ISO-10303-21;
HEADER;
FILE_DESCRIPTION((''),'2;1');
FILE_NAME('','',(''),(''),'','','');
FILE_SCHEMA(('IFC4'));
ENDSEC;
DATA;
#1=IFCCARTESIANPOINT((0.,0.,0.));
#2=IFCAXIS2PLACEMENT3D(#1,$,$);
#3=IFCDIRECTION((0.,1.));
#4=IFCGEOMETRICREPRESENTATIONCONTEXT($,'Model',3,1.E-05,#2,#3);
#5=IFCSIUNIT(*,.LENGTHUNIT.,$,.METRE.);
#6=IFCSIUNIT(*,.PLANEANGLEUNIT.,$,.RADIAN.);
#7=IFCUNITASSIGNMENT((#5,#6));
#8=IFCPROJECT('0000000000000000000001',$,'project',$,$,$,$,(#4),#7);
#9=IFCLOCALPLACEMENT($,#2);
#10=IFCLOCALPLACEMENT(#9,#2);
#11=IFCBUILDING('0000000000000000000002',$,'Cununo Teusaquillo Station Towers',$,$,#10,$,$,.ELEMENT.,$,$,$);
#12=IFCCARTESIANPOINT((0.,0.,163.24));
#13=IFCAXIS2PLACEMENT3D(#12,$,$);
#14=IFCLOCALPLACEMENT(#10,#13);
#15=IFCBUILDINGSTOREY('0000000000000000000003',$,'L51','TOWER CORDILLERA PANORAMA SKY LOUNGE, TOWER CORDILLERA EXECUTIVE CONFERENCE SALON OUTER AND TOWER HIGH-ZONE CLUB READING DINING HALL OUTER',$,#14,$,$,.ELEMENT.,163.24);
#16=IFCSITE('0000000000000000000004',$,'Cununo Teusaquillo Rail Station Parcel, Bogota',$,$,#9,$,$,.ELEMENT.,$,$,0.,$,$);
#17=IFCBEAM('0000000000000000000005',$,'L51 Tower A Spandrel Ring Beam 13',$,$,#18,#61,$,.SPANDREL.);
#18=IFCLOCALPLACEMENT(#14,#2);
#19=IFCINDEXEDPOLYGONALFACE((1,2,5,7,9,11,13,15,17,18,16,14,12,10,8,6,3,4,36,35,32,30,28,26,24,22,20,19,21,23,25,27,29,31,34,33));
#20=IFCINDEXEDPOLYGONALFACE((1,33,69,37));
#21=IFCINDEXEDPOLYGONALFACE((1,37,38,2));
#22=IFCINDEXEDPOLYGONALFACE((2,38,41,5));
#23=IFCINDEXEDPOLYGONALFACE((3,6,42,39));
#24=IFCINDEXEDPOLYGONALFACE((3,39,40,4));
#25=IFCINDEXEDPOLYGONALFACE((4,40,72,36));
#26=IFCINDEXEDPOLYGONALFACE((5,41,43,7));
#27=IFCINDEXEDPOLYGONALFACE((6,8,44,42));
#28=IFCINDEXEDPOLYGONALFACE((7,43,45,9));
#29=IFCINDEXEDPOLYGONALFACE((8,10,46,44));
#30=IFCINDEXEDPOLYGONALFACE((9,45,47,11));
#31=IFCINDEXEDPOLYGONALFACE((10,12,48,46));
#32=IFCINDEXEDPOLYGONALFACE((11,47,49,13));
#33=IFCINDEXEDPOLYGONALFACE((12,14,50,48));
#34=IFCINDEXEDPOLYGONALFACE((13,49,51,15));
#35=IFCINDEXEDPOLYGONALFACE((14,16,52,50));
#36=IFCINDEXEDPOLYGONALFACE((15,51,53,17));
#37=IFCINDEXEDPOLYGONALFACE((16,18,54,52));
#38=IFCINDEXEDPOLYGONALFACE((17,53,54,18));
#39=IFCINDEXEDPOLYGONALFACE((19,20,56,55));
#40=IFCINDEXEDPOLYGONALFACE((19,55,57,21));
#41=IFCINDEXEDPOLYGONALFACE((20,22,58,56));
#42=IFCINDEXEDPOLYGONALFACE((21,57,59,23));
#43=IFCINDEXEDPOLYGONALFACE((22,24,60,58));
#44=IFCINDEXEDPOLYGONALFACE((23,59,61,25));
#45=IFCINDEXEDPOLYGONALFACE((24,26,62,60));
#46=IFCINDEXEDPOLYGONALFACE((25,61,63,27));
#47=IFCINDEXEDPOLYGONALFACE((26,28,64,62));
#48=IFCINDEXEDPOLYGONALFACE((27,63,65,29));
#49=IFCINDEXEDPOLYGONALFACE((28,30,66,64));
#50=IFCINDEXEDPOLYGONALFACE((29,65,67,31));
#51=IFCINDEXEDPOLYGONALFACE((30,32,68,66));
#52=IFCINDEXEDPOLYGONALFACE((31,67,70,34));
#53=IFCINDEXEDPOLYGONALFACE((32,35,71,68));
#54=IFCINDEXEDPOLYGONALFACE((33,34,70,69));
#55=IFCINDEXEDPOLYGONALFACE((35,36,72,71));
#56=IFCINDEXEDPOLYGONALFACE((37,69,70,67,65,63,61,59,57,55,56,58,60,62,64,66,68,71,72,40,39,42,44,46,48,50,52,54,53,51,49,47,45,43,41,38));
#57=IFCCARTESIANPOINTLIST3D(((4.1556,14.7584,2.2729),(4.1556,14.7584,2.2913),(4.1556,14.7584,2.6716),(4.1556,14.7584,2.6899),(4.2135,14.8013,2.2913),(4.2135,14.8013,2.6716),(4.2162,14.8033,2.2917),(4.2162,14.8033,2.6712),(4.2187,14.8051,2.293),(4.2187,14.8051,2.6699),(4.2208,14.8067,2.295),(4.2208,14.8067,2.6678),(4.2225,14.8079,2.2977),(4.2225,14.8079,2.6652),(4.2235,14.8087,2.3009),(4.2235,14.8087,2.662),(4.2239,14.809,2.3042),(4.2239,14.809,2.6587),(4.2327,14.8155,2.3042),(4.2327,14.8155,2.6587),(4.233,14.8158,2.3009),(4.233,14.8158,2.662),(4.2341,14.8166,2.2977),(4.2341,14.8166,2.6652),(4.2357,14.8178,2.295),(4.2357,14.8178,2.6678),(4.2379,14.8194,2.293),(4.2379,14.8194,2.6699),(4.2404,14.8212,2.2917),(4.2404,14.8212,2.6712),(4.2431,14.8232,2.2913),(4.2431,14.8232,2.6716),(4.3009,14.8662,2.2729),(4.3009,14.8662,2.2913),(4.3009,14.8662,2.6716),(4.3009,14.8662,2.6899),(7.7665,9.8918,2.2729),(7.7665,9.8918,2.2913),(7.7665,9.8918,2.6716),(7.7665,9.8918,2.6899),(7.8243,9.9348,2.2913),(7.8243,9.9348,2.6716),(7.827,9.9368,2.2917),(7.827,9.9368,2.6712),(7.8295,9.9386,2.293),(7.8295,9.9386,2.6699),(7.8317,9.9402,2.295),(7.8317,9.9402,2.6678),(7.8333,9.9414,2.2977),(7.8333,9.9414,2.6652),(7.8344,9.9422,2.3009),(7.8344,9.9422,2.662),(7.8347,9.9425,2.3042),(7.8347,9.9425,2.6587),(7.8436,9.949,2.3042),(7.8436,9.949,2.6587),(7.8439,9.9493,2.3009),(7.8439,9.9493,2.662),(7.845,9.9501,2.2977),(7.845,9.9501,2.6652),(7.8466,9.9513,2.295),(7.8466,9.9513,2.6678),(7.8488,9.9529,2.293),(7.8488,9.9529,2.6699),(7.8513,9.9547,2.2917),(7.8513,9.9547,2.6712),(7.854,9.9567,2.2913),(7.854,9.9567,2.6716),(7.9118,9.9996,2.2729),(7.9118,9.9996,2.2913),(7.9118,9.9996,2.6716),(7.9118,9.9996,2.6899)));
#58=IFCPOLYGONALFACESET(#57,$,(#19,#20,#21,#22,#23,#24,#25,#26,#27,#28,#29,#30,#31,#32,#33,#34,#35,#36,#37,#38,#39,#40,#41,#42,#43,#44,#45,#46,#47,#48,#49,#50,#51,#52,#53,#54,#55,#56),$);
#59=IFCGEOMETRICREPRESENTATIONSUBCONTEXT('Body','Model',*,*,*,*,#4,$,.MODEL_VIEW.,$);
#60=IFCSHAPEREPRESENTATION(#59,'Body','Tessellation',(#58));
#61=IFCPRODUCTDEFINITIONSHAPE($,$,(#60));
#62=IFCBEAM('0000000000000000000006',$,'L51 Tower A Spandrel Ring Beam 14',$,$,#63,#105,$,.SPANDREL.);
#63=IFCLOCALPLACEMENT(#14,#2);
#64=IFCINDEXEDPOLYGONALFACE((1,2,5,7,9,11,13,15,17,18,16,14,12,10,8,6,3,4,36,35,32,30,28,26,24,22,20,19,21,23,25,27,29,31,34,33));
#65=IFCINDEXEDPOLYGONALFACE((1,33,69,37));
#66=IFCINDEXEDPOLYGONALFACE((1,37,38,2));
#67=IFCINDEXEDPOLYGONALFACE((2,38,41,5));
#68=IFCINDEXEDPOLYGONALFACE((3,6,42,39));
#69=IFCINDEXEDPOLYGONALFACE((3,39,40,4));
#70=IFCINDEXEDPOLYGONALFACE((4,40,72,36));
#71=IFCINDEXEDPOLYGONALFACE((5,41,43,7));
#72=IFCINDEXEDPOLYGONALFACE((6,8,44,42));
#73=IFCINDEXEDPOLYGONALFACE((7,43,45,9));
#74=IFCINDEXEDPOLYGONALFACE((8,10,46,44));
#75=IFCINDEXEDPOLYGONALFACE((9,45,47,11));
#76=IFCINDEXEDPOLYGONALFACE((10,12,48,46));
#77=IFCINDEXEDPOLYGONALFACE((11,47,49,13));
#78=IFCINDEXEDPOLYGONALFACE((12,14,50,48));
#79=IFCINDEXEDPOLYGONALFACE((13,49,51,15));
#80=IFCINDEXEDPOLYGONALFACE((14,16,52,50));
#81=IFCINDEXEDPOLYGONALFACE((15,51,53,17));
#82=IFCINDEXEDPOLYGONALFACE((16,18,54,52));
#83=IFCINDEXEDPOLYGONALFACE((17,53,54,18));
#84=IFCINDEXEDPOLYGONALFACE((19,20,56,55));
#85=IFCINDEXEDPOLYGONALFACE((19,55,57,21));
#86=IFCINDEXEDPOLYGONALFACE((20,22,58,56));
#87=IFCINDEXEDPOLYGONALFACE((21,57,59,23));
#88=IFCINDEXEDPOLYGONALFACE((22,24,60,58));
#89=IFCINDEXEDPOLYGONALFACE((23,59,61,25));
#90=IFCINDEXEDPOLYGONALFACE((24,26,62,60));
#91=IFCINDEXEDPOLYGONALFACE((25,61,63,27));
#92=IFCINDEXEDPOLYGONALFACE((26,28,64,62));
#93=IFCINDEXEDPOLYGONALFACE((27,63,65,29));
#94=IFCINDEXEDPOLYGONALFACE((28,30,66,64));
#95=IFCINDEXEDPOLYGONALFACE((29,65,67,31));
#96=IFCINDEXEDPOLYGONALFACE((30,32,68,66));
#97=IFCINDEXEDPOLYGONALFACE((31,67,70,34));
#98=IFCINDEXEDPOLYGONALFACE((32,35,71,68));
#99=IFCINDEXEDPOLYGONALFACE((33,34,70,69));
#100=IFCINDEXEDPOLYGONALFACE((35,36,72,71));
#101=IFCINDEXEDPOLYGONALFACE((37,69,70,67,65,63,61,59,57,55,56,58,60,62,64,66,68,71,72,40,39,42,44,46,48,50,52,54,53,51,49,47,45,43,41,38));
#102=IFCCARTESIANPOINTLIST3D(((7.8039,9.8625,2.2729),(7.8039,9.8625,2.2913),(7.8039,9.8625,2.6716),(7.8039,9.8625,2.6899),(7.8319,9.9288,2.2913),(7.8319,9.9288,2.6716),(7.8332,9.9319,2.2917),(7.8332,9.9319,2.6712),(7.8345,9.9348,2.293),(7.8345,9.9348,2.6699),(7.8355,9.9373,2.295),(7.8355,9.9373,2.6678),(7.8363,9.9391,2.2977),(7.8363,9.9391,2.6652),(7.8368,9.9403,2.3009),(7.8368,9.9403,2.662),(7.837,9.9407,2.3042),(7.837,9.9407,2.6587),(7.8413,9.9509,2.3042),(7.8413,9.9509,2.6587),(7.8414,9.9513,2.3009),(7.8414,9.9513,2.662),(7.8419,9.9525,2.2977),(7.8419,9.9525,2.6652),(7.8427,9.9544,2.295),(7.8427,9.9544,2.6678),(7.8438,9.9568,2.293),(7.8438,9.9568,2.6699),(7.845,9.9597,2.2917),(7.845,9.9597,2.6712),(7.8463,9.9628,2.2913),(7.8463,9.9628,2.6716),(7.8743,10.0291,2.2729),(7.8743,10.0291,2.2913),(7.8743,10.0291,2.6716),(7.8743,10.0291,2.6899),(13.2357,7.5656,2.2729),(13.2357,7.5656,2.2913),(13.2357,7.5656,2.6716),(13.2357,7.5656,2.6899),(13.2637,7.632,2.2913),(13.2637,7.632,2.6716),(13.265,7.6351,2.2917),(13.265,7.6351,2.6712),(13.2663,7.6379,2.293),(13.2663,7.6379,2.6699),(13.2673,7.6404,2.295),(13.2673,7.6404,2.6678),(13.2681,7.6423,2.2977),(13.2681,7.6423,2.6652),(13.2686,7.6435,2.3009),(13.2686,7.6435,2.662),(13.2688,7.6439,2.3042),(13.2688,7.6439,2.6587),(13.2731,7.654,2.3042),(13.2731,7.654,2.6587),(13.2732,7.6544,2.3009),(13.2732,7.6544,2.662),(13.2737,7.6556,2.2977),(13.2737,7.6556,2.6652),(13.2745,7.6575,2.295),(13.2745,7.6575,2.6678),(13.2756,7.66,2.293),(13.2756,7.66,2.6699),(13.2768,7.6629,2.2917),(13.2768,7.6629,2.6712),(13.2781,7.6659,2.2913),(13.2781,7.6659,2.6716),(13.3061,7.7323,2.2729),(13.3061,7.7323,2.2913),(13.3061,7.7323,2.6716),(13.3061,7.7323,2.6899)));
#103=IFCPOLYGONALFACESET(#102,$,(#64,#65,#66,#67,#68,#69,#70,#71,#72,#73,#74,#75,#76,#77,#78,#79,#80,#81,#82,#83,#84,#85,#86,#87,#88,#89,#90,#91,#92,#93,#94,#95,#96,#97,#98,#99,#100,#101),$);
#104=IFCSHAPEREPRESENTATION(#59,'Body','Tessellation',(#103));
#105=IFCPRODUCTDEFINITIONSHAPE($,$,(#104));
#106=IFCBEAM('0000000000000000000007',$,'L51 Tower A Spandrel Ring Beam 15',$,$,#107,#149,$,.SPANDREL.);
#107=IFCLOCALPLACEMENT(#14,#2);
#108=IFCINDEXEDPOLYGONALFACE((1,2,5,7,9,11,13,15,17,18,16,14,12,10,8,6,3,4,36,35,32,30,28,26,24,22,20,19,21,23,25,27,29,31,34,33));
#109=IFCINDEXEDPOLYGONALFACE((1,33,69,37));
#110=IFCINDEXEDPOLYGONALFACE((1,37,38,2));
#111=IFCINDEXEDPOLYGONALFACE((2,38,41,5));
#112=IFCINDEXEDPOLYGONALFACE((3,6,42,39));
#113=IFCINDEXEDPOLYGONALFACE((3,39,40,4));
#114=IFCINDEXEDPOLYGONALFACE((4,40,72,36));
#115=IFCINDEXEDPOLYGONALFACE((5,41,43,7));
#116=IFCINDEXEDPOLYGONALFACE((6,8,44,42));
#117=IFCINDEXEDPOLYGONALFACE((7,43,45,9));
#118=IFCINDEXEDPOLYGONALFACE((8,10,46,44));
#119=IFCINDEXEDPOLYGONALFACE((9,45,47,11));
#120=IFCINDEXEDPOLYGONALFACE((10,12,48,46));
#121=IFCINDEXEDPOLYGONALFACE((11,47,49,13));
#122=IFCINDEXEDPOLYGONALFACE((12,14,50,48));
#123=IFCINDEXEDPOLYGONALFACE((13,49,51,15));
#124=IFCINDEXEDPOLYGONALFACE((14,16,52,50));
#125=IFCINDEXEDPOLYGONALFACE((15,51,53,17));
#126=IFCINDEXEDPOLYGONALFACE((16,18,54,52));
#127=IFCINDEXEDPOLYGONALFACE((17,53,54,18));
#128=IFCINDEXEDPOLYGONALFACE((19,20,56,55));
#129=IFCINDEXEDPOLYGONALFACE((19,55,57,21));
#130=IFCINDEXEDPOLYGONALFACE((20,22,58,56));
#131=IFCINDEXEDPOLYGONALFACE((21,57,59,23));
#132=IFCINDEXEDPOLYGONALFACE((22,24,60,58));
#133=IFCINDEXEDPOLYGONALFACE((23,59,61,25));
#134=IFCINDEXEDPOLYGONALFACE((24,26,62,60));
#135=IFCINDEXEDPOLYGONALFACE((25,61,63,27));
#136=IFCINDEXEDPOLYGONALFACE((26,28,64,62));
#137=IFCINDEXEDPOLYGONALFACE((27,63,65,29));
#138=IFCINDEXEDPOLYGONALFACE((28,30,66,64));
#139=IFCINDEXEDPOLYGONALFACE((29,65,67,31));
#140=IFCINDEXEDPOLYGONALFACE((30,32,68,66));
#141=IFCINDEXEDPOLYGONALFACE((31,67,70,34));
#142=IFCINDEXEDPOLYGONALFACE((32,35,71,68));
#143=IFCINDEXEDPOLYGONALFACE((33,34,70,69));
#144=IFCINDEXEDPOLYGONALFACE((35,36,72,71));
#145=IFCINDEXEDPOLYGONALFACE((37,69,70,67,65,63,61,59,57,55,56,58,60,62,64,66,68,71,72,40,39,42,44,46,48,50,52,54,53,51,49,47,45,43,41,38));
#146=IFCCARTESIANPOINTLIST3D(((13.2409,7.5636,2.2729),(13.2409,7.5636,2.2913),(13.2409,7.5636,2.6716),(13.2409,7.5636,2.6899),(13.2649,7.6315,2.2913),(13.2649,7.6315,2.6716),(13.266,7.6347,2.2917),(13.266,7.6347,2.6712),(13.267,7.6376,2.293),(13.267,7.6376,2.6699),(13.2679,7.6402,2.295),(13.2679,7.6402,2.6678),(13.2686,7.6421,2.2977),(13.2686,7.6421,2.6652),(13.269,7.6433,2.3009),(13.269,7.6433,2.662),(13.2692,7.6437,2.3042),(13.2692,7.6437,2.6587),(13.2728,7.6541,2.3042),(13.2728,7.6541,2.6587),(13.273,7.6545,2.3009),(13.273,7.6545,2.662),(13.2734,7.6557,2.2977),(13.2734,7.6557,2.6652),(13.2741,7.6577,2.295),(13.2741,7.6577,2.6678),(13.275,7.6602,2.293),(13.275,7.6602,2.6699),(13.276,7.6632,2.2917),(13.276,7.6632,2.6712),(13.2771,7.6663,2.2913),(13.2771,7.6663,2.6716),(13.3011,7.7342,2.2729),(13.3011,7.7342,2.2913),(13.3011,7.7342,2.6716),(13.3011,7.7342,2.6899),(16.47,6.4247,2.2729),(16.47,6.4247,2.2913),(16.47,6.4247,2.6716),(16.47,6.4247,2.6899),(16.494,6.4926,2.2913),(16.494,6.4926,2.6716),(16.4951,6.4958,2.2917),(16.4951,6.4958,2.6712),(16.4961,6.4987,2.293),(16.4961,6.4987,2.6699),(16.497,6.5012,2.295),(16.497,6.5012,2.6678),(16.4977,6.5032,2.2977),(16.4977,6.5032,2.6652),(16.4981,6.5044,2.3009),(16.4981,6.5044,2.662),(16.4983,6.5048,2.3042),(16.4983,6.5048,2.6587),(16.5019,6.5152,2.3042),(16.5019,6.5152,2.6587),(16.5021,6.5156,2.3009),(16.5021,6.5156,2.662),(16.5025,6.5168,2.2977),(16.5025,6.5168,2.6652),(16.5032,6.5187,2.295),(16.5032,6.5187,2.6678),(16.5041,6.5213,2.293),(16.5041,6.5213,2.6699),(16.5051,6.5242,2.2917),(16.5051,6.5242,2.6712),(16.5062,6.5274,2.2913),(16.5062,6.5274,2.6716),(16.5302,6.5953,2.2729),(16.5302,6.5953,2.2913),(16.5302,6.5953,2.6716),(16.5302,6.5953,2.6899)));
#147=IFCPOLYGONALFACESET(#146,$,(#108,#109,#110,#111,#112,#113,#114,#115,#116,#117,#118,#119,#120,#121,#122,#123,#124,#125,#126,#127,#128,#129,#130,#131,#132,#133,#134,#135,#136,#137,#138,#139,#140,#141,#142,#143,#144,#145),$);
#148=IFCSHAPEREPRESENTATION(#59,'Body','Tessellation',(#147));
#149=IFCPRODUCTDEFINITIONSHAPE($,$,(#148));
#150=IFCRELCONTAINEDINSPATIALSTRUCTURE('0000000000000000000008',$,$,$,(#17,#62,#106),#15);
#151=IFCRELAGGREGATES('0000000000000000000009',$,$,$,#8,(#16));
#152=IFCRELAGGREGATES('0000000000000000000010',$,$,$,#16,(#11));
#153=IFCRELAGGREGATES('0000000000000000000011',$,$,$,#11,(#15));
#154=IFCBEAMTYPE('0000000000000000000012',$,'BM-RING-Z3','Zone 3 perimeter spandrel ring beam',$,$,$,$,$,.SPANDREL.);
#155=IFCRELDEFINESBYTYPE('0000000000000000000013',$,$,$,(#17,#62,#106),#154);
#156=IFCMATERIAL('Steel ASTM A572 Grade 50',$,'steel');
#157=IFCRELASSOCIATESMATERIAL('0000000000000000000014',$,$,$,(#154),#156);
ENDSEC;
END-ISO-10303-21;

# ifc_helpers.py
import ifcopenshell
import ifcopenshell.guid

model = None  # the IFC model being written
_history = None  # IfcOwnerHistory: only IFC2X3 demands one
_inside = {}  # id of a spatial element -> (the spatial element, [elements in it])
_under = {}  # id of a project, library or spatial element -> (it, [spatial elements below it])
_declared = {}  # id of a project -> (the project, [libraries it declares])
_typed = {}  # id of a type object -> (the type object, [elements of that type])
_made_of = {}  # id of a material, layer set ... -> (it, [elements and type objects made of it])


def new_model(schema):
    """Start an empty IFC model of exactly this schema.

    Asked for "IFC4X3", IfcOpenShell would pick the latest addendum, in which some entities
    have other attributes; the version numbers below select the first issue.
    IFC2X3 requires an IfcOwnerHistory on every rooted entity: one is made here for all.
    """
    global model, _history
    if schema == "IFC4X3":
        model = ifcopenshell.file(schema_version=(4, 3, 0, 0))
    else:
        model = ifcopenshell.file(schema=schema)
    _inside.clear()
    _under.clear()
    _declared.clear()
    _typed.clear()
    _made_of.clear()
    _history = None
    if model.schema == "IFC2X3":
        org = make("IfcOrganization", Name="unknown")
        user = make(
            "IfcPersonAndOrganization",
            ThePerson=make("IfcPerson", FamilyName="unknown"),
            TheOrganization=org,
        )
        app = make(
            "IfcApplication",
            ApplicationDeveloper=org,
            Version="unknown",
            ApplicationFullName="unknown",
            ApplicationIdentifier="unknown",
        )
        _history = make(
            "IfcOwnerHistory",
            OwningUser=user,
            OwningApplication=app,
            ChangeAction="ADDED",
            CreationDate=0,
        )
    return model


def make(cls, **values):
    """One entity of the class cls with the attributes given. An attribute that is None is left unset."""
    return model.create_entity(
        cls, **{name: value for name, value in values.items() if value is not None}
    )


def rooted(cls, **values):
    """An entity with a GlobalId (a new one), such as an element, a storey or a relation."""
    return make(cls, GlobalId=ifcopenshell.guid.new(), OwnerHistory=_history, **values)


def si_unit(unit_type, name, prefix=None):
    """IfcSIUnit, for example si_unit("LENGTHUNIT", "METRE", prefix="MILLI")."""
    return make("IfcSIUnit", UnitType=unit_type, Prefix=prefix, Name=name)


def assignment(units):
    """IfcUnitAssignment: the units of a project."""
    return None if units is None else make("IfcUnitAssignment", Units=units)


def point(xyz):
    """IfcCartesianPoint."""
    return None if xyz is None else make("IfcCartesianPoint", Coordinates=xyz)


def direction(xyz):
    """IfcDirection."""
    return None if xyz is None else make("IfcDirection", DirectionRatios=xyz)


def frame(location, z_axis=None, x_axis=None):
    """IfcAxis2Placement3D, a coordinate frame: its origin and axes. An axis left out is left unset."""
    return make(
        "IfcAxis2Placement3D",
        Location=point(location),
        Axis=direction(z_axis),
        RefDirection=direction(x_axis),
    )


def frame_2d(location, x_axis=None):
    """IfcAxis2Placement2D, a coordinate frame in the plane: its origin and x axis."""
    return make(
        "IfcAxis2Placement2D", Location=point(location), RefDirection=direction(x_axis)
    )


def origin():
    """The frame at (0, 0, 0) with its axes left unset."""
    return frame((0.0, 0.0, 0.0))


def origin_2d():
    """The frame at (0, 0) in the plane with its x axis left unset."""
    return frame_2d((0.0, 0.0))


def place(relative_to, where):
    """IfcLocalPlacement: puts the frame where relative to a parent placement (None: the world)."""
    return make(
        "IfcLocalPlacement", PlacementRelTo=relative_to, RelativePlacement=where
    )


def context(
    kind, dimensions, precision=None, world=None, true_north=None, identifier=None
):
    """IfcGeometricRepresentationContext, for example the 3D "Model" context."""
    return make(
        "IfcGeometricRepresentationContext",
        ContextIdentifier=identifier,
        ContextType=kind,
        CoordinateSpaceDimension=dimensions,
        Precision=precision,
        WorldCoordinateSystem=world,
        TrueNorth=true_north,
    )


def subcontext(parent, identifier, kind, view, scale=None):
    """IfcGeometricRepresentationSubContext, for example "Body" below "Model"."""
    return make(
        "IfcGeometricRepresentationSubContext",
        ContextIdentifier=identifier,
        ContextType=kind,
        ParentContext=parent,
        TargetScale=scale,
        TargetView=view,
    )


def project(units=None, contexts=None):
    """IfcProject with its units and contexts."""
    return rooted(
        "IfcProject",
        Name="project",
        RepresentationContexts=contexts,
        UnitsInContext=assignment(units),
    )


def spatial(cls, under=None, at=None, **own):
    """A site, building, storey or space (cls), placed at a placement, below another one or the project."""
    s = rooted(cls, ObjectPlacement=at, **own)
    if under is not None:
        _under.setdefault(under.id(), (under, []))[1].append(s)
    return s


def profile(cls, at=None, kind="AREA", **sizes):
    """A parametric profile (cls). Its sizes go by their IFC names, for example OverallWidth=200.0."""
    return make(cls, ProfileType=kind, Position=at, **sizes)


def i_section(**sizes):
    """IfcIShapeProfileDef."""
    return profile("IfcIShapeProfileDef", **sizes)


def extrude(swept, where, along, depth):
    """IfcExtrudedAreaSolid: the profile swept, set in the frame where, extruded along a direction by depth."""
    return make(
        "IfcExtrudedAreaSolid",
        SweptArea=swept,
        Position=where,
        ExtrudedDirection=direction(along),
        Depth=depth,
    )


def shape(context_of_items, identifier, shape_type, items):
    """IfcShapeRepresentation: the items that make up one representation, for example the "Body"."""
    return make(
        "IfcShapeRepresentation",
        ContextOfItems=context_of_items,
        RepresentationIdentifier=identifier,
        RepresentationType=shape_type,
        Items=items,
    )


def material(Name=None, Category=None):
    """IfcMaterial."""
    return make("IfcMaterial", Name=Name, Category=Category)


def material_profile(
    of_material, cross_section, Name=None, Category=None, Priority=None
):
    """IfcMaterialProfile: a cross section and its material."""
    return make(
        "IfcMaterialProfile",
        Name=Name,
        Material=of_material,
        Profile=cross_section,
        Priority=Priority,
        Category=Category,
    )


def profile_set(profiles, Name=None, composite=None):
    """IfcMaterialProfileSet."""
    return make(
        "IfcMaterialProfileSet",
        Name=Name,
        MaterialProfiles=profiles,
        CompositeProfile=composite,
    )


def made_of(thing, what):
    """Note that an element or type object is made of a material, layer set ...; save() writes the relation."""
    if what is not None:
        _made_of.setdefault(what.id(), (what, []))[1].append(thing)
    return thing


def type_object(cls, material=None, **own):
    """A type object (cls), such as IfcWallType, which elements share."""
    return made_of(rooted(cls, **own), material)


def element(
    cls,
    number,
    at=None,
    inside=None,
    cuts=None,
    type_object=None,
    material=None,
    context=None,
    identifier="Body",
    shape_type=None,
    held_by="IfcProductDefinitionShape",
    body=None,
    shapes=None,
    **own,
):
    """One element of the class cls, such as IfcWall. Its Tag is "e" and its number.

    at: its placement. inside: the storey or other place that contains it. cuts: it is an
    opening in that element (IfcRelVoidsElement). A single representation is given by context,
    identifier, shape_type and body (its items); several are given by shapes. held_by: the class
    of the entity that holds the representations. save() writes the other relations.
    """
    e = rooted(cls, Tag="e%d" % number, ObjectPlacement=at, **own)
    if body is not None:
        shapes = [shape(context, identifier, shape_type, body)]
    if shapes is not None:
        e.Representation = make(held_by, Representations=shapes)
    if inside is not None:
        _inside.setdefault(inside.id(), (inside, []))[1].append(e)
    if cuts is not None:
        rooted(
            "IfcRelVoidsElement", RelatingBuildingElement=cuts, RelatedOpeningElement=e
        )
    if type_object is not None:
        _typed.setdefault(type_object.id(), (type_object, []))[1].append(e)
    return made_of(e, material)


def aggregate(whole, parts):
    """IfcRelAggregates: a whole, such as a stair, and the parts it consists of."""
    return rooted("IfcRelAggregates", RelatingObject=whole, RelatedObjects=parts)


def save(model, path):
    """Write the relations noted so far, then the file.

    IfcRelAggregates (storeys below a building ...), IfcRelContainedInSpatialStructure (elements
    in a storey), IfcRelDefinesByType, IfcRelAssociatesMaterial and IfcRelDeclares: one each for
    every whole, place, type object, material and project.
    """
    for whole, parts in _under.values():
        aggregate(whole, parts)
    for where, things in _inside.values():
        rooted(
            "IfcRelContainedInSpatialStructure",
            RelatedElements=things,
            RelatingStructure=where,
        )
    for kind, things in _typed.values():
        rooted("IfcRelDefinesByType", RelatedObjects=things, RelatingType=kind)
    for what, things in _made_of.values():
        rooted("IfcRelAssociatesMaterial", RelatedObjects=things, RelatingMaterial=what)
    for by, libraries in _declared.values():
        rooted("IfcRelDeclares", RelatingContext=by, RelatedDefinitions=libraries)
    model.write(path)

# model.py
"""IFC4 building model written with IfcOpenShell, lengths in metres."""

from ifc_helpers import new_model, si_unit, direction, frame, origin, origin_2d, place, context, subcontext, project, spatial, i_section, extrude, material, material_profile, profile_set, type_object, element, save


model = new_model("IFC4")

# Units and contexts
model_context = context("Model", 3, precision=1e-05, world=origin(), true_north=direction((0.0, 1.0)))
body_context = subcontext(model_context, "Body", "Model", "MODEL_VIEW")
ifc_project = project(units=[si_unit("LENGTHUNIT", "METRE"), si_unit("PLANEANGLEUNIT", "RADIAN")], contexts=[model_context])

# Site, building, storey
site_placement = place(None, origin())
site = spatial("IfcSite", under=ifc_project, at=site_placement, Name="Cununo Teusaquillo Rail Station Parcel, Bogota", CompositionType="ELEMENT", RefElevation=0.0)
building_placement = place(site_placement, origin())
building = spatial("IfcBuilding", under=site, at=building_placement, Name="Cununo Teusaquillo Station Towers", CompositionType="ELEMENT")
storey_placement = place(building_placement, frame((0.0, 0.0, 163.24)))
storey = spatial("IfcBuildingStorey", under=building, at=storey_placement, Name="L51", Description="TOWER CORDILLERA PANORAMA SKY LOUNGE, TOWER CORDILLERA EXECUTIVE CONFERENCE SALON OUTER AND TOWER HIGH-ZONE CLUB READING DINING HALL OUTER", CompositionType="ELEMENT", Elevation=163.24)

# Beams
ifc_material_1 = material(Name="Steel ASTM A572 Grade 50", Category="steel")
ifc_material_profile_1 = material_profile(ifc_material_1, i_section(OverallWidth=0.1809, OverallDepth=0.417, WebThickness=0.011, FlangeThickness=0.0183, FilletRadius=0.0129, at=origin_2d()), Name="W16X57")
ifc_profile_set_1 = profile_set([ifc_material_profile_1], Name="Steel ASTM A572 Grade 50")
beam_type = type_object("IfcBeamType", Name="BM-RING-Z3", Description="Zone 3 perimeter spandrel ring beam", PredefinedType="SPANDREL", material=ifc_profile_set_1)
beam_1_placement = place(storey_placement, frame((4.2283, 14.8123, 2.4814), z_axis=(0.595873, -0.803079, 0.0), x_axis=(0.803079, 0.595873, 0.0)))
element("IfcBeam", 1, at=beam_1_placement, inside=storey, type_object=beam_type, Name="L51 Tower A Spandrel Ring Beam 13", PredefinedType="SPANDREL", context=body_context, shape_type="SweptSolid", body=[
    extrude(i_section(OverallWidth=0.1809, OverallDepth=0.417, WebThickness=0.011, FlangeThickness=0.0183, FilletRadius=0.0129, at=origin_2d()), origin(), (0.0, 0.0, 1.0), 6.0598),
])
beam_2_placement = place(storey_placement, frame((7.8391, 9.9458, 2.4814), z_axis=(0.921042, -0.389463, 0.0), x_axis=(0.389463, 0.921042, 0.0)))
element("IfcBeam", 2, at=beam_2_placement, inside=storey, type_object=beam_type, Name="L51 Tower A Spandrel Ring Beam 14", PredefinedType="SPANDREL", context=body_context, shape_type="SweptSolid", body=[
    extrude(i_section(OverallWidth=0.1809, OverallDepth=0.417, WebThickness=0.011, FlangeThickness=0.0183, FilletRadius=0.0129, at=origin_2d()), origin(), (0.0, 0.0, 1.0), 5.8975),
])
beam_3_placement = place(storey_placement, frame((13.271, 7.6489, 2.4814), z_axis=(0.943057, -0.33263, 0.0), x_axis=(0.33263, 0.943057, 0.0)))
element("IfcBeam", 3, at=beam_3_placement, inside=storey, type_object=beam_type, Name="L51 Tower A Spandrel Ring Beam 15", PredefinedType="SPANDREL", context=body_context, shape_type="SweptSolid", body=[
    extrude(i_section(OverallWidth=0.1809, OverallDepth=0.417, WebThickness=0.011, FlangeThickness=0.0183, FilletRadius=0.0129, at=origin_2d()), origin(), (0.0, 0.0, 1.0), 3.4241),
])

save(model, "model.ifc")
